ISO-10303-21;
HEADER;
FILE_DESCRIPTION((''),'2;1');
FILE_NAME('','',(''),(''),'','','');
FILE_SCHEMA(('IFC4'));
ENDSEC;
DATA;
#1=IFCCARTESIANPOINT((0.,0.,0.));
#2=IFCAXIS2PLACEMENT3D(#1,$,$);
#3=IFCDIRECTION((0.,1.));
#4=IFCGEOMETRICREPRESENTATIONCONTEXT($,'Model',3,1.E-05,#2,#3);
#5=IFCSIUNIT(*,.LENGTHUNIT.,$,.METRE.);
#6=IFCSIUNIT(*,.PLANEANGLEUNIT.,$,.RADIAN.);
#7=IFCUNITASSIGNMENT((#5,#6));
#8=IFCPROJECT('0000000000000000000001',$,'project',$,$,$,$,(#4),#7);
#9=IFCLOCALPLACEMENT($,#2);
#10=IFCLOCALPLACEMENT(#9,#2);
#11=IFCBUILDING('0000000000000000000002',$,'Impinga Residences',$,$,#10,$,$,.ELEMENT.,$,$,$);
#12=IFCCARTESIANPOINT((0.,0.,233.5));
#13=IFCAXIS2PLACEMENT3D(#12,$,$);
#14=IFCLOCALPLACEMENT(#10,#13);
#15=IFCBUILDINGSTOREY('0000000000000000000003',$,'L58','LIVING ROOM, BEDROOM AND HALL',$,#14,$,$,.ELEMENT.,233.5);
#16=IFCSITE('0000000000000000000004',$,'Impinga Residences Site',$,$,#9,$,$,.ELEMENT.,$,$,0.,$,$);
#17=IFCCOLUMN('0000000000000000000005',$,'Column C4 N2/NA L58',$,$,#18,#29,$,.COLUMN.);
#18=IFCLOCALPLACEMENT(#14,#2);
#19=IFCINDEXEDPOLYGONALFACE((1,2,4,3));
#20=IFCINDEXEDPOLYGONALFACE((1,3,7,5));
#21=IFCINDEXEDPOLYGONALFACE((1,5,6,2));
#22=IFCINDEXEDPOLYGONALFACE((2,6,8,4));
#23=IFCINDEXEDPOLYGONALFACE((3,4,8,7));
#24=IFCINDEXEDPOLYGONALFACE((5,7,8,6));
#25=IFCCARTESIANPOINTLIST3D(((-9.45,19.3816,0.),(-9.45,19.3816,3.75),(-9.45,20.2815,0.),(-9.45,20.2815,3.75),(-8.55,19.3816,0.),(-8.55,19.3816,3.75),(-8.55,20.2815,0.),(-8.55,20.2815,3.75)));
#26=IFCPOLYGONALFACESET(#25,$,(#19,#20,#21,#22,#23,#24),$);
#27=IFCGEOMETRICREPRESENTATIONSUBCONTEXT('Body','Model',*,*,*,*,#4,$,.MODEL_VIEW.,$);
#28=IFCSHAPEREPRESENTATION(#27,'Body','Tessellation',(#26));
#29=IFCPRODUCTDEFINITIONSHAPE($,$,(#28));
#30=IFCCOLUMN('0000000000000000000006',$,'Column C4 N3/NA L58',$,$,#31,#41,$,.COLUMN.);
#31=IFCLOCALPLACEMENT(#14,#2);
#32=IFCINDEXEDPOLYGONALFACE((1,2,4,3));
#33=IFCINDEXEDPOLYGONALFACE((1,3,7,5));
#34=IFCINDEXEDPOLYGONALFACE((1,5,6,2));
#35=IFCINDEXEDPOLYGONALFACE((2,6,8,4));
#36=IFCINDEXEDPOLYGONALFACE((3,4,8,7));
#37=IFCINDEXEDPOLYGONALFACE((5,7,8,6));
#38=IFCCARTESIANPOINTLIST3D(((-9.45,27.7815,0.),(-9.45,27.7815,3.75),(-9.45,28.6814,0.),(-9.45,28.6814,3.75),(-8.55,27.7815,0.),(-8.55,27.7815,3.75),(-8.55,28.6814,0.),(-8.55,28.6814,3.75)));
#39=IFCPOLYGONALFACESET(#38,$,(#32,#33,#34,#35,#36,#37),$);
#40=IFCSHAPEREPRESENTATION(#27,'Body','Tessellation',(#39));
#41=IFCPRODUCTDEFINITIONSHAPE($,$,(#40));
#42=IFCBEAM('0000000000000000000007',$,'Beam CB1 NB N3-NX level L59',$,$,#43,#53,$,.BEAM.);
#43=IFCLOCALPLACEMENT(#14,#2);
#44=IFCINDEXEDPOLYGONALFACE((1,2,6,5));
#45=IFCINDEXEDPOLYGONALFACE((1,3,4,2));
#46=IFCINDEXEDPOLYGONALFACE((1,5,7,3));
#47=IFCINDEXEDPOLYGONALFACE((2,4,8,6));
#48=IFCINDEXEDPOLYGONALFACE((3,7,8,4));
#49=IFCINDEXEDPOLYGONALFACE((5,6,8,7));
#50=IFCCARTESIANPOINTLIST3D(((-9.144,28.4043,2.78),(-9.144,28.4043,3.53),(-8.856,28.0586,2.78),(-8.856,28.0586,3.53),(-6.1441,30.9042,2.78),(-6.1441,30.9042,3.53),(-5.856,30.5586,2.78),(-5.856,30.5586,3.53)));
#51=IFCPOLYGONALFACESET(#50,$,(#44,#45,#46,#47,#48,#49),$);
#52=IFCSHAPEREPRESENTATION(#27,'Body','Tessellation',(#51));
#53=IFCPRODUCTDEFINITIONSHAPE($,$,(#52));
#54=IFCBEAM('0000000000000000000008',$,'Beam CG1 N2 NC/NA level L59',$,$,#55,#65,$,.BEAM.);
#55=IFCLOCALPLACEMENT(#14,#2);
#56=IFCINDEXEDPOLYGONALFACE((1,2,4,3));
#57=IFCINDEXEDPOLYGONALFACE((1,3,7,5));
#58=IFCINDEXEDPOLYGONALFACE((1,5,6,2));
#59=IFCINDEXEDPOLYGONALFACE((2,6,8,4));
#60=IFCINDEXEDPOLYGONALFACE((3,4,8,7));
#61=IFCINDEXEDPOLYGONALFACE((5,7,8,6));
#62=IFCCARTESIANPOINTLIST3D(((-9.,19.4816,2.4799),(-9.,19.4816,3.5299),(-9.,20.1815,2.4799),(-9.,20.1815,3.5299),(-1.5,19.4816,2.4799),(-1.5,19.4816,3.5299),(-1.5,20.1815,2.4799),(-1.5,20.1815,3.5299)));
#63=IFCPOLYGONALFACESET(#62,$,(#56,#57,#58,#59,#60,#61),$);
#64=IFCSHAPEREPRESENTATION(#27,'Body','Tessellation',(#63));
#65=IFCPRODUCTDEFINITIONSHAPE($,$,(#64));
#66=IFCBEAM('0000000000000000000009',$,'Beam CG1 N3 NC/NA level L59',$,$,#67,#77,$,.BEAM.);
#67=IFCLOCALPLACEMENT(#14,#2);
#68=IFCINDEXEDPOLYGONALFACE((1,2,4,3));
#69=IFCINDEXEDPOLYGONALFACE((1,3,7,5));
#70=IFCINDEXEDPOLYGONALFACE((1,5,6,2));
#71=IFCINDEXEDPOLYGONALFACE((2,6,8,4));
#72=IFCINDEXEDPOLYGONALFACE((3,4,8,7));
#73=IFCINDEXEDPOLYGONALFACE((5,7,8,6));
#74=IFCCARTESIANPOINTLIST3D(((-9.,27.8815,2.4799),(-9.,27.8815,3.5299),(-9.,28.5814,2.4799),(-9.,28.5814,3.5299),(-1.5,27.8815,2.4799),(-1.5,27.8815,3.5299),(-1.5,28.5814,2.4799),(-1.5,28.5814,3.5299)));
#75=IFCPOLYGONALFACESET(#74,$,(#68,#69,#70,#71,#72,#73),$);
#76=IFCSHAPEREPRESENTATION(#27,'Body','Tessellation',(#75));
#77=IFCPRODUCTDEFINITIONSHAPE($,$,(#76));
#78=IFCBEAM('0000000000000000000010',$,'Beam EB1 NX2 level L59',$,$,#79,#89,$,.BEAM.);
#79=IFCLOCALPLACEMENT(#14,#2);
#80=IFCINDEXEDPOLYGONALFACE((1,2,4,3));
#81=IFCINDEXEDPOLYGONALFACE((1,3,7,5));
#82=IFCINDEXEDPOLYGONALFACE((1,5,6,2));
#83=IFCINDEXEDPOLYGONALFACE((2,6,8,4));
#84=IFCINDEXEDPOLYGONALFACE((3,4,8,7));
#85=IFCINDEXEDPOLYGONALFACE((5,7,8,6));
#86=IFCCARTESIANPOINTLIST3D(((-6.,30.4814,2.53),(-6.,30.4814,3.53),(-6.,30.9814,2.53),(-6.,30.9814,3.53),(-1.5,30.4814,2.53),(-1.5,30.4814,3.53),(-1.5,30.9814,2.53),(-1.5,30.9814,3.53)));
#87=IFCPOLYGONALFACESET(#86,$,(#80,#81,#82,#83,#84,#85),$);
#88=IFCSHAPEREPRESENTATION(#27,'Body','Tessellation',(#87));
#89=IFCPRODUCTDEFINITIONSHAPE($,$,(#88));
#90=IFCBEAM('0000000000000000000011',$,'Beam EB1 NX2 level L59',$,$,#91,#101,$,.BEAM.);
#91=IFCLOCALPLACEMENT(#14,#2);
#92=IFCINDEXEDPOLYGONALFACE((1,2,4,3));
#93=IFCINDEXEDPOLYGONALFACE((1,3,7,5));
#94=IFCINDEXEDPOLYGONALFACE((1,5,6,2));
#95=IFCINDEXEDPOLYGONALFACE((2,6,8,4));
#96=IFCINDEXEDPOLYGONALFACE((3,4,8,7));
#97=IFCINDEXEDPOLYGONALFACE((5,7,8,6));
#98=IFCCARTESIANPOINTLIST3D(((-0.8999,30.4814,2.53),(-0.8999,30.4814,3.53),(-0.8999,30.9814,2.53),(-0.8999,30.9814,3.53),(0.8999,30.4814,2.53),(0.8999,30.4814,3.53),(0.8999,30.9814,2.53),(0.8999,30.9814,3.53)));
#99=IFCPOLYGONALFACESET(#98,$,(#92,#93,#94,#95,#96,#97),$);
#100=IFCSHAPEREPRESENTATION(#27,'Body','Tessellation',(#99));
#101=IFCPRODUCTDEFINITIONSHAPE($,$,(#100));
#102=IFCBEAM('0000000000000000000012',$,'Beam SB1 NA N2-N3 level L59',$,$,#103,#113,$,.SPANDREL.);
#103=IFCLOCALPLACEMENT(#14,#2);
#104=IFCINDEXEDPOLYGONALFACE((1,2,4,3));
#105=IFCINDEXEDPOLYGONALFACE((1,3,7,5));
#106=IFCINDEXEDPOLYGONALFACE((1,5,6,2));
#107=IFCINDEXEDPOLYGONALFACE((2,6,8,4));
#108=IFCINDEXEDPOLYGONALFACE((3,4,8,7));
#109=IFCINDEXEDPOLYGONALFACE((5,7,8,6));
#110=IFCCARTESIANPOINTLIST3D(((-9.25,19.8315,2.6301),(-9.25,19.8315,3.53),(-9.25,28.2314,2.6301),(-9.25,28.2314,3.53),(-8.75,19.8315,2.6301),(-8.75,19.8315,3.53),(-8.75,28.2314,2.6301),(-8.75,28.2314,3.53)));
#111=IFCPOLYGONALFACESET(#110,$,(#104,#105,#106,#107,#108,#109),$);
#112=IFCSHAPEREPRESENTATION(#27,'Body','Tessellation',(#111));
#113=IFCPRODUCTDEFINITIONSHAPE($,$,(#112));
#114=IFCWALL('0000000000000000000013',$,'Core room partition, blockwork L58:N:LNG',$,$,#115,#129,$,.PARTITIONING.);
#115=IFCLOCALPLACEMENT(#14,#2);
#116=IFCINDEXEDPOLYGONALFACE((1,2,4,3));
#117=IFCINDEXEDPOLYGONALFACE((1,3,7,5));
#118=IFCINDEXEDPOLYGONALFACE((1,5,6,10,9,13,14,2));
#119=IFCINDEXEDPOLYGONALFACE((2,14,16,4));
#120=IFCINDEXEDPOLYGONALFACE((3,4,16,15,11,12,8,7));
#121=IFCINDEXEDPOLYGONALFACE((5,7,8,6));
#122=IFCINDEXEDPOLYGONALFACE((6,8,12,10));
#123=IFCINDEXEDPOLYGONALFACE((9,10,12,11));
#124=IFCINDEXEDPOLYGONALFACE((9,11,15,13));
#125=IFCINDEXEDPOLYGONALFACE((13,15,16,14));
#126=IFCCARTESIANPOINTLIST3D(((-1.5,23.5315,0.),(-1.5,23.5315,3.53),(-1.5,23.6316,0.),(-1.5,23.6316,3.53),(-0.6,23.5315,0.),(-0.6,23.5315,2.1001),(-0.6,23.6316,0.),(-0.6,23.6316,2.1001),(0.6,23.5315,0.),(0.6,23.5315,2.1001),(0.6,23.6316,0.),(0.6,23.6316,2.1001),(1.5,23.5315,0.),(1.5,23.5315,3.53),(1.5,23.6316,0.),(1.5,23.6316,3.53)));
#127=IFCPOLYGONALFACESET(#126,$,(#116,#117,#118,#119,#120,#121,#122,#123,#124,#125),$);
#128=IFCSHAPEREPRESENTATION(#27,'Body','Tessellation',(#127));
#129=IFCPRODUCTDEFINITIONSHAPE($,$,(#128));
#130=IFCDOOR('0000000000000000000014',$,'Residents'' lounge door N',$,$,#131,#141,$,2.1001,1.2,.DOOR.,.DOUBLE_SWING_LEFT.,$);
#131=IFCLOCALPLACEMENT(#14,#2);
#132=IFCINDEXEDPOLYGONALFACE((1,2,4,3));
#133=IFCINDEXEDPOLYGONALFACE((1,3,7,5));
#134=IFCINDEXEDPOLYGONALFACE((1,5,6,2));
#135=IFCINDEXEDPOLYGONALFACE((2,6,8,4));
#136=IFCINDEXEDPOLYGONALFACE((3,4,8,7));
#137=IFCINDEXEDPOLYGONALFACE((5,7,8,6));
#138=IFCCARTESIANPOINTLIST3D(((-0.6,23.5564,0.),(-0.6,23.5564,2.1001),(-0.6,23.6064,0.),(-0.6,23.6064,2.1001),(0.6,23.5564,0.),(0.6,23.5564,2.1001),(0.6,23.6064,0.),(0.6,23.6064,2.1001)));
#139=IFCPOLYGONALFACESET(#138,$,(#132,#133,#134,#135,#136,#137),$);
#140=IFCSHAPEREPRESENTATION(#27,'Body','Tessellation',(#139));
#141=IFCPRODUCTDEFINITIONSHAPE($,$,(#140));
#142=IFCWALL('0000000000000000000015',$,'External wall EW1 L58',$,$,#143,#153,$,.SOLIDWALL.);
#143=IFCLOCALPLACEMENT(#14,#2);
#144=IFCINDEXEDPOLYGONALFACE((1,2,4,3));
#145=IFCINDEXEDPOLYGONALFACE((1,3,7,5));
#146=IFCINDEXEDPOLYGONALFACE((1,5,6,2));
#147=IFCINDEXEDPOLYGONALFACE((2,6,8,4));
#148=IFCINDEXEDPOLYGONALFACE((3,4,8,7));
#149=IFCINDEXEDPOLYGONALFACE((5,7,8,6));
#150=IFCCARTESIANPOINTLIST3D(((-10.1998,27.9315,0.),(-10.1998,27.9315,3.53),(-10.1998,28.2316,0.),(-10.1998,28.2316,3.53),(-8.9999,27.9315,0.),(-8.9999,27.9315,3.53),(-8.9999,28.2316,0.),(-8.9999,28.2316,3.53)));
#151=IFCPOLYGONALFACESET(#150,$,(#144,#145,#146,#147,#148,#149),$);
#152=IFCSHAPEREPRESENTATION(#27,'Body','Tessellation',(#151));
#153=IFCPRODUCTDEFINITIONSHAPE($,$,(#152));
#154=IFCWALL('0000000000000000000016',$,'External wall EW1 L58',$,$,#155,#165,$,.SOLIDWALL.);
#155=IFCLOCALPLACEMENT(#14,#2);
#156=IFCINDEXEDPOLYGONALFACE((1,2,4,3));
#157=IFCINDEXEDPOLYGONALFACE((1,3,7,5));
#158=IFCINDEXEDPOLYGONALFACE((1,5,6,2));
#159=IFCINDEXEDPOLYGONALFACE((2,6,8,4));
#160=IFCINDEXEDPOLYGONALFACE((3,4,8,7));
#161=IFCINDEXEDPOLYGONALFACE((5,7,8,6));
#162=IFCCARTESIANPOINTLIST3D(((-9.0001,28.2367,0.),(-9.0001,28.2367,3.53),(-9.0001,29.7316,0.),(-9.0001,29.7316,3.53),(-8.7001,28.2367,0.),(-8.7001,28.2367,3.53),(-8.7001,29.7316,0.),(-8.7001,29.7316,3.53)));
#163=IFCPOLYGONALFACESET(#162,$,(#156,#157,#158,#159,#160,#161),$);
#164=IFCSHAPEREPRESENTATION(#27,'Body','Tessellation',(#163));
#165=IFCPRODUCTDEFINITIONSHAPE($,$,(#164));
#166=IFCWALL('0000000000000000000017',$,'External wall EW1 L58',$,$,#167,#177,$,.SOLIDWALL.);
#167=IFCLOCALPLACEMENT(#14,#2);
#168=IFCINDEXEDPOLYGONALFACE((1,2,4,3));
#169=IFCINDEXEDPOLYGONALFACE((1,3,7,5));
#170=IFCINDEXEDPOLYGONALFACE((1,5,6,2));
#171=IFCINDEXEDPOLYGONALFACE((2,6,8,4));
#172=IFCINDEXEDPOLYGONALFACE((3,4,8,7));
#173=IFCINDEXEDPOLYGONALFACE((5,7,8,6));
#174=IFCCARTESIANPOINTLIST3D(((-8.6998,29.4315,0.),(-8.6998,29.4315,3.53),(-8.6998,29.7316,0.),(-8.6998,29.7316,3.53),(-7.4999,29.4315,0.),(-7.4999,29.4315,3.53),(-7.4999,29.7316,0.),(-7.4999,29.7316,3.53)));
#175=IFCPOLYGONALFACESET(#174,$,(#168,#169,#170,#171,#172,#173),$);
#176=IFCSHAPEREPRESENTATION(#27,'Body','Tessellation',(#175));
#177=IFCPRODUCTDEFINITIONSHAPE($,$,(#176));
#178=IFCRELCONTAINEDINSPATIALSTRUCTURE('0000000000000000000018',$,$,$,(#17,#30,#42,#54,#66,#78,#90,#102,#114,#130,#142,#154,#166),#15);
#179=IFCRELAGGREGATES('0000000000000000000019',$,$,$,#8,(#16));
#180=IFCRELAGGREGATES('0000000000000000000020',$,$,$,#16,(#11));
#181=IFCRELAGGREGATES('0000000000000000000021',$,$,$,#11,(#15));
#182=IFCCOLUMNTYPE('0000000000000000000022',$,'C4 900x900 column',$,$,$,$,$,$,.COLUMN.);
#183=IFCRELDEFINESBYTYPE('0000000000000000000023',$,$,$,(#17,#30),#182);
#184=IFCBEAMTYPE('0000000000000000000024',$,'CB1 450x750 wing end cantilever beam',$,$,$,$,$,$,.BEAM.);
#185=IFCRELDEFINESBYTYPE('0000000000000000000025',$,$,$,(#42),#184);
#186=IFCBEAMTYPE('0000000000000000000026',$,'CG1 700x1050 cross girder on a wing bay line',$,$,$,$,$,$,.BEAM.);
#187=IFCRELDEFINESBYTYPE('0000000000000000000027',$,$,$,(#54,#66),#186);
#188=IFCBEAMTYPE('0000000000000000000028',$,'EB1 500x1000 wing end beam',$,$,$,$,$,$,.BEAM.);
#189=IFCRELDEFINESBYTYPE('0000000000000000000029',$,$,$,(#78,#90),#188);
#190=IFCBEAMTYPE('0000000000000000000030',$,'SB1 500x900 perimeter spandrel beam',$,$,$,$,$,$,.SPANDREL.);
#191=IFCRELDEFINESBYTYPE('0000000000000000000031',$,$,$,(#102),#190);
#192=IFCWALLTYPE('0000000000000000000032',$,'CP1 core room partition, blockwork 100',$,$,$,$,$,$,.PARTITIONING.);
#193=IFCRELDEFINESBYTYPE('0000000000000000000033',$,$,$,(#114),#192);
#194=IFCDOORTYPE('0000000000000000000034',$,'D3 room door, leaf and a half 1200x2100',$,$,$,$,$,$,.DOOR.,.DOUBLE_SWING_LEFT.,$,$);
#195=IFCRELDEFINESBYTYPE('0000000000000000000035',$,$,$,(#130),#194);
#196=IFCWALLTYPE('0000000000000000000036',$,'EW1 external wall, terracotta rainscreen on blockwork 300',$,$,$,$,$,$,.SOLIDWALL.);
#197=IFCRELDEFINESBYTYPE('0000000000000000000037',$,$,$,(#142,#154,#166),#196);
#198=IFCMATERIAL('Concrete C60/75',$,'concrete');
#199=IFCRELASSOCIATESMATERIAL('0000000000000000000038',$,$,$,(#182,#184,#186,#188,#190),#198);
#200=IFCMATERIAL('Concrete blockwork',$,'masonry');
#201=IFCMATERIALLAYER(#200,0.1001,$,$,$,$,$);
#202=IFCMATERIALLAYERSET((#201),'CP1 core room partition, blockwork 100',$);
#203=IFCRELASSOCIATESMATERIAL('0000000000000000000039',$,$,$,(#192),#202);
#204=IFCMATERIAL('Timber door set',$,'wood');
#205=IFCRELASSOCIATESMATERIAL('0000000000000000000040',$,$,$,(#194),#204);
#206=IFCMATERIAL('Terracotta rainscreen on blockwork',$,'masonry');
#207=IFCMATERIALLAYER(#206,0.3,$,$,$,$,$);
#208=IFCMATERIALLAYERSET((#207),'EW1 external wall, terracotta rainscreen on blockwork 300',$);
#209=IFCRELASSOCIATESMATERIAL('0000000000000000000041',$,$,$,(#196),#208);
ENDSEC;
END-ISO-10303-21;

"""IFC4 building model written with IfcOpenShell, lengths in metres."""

from ifc_helpers import new_model, si_unit, direction, frame, frame_2d, origin, origin_2d, place, context, subcontext, project, spatial, rectangle, extrude, material, layer, layer_set, material_profile, profile_set, type_object, element, fill, save


model = new_model("IFC4")

# Units and contexts
model_context = context("Model", 3, precision=1e-05, world=origin(), true_north=direction((0.0, 1.0)))
body_context = subcontext(model_context, "Body", "Model", "MODEL_VIEW")
ifc_project = project(units=[si_unit("LENGTHUNIT", "METRE"), si_unit("PLANEANGLEUNIT", "RADIAN")], contexts=[model_context])

# Site, building, storey
site_placement = place(None, origin())
site = spatial("IfcSite", under=ifc_project, at=site_placement, Name="Impinga Residences Site", CompositionType="ELEMENT", RefElevation=0.0)
building_placement = place(site_placement, origin())
building = spatial("IfcBuilding", under=site, at=building_placement, Name="Impinga Residences", CompositionType="ELEMENT")
storey_placement = place(building_placement, frame((0.0, 0.0, 233.5)))
storey = spatial("IfcBuildingStorey", under=building, at=storey_placement, Name="L58", Description="LIVING ROOM, BEDROOM AND HALL", CompositionType="ELEMENT", Elevation=233.5)

# Columns
ifc_material_1 = material(Name="Concrete C60/75", Category="concrete")
ifc_material_profile_1 = material_profile(ifc_material_1, rectangle(XDim=0.8999, YDim=0.8999, at=origin_2d()), Name="RC 900x900")
ifc_profile_set_1 = profile_set([ifc_material_profile_1], Name="Concrete C60/75")
column_type = type_object("IfcColumnType", Name="C4 900x900 column", PredefinedType="COLUMN", material=ifc_profile_set_1)
for number, where, z_axis, x_axis, name in (
    (1, (-9.0, 19.8315, 0.0), (0.0, 0.0, 1.0), (1.0, 0.0, 0.0), "Column C4 N2/NA L58"),
    (2, (-9.0, 28.2314, 0.0), (0.0, 0.0, 1.0), (1.0, 0.0, 0.0), "Column C4 N3/NA L58"),
):
    element("IfcColumn", number, at=place(storey_placement, frame(where, z_axis=z_axis, x_axis=x_axis)), inside=storey, type_object=column_type, Name=name, PredefinedType="COLUMN", context=body_context, shape_type="SweptSolid", body=[
        extrude(rectangle(XDim=0.8999, YDim=0.8999, at=origin_2d()), origin(), (0.0, 0.0, 1.0), 3.75),
    ])

# Beams
ifc_material_profile_2 = material_profile(ifc_material_1, rectangle(XDim=0.45, YDim=0.75, at=origin_2d()), Name="RC 450x750")
ifc_profile_set_2 = profile_set([ifc_material_profile_2], Name="Concrete C60/75")
beam_type_1 = type_object("IfcBeamType", Name="CB1 450x750 wing end cantilever beam", PredefinedType="BEAM", material=ifc_profile_set_2)
beam_1_placement = place(storey_placement, frame((-9.0, 28.2314, 3.155), z_axis=(0.768221, 0.640184, 0.0), x_axis=(-0.640184, 0.768221, 0.0)))
element("IfcBeam", 3, at=beam_1_placement, inside=storey, type_object=beam_type_1, Name="Beam CB1 NB N3-NX level L59", PredefinedType="BEAM", context=body_context, shape_type="SweptSolid", body=[
    extrude(rectangle(XDim=0.45, YDim=0.75, at=origin_2d()), origin(), (0.0, 0.0, 1.0), 3.905),
])
ifc_material_profile_3 = material_profile(ifc_material_1, rectangle(XDim=0.7, YDim=1.05, at=origin_2d()), Name="RC 700x1050")
ifc_profile_set_3 = profile_set([ifc_material_profile_3], Name="Concrete C60/75")
beam_type_2 = type_object("IfcBeamType", Name="CG1 700x1050 cross girder on a wing bay line", PredefinedType="BEAM", material=ifc_profile_set_3)
for number, where, z_axis, x_axis, name in (
    (4, (-1.5, 19.8315, 3.0049), (-1.0, 0.0, 0.0), (0.0, -1.0, 0.0), "Beam CG1 N2 NC/NA level L59"),
    (5, (-1.5, 28.2314, 3.0049), (-1.0, 0.0, 0.0), (0.0, -1.0, 0.0), "Beam CG1 N3 NC/NA level L59"),
):
    element("IfcBeam", number, at=place(storey_placement, frame(where, z_axis=z_axis, x_axis=x_axis)), inside=storey, type_object=beam_type_2, Name=name, PredefinedType="BEAM", context=body_context, shape_type="SweptSolid", body=[
        extrude(rectangle(XDim=0.7, YDim=1.05, at=origin_2d()), origin(), (0.0, 0.0, 1.0), 7.5),
    ])
ifc_material_profile_4 = material_profile(ifc_material_1, rectangle(XDim=0.5, YDim=1.0, at=origin_2d()), Name="RC 500x1000")
ifc_profile_set_4 = profile_set([ifc_material_profile_4], Name="Concrete C60/75")
beam_type_3 = type_object("IfcBeamType", Name="EB1 500x1000 wing end beam", PredefinedType="BEAM", material=ifc_profile_set_4)
beam_2_placement = place(storey_placement, frame((-6.0, 30.7314, 3.03), z_axis=(1.0, 0.0, 0.0), x_axis=(0.0, 1.0, 0.0)))
element("IfcBeam", 6, at=beam_2_placement, inside=storey, type_object=beam_type_3, Name="Beam EB1 NX2 level L59", PredefinedType="BEAM", context=body_context, shape_type="SweptSolid", body=[
    extrude(rectangle(XDim=0.5, YDim=1.0, at=origin_2d()), origin(), (0.0, 0.0, 1.0), 4.5),
])
beam_3_placement = place(storey_placement, frame((-0.8999, 30.7314, 3.03), z_axis=(1.0, 0.0, 0.0), x_axis=(0.0, 1.0, 0.0)))
element("IfcBeam", 7, at=beam_3_placement, inside=storey, type_object=beam_type_3, Name="Beam EB1 NX2 level L59", PredefinedType="BEAM", context=body_context, shape_type="SweptSolid", body=[
    extrude(rectangle(XDim=0.5, YDim=1.0, at=origin_2d()), origin(), (0.0, 0.0, 1.0), 1.7998),
])
ifc_material_profile_5 = material_profile(ifc_material_1, rectangle(XDim=0.5, YDim=0.8999, at=origin_2d()), Name="RC 500x900")
ifc_profile_set_5 = profile_set([ifc_material_profile_5], Name="Concrete C60/75")
beam_type_4 = type_object("IfcBeamType", Name="SB1 500x900 perimeter spandrel beam", PredefinedType="SPANDREL", material=ifc_profile_set_5)
beam_4_placement = place(storey_placement, frame((-9.0, 19.8315, 3.0801), z_axis=(0.0, 1.0, 0.0), x_axis=(-1.0, 0.0, 0.0)))
element("IfcBeam", 8, at=beam_4_placement, inside=storey, type_object=beam_type_4, Name="Beam SB1 NA N2-N3 level L59", PredefinedType="SPANDREL", context=body_context, shape_type="SweptSolid", body=[
    extrude(rectangle(XDim=0.5, YDim=0.8999, at=origin_2d()), origin(), (0.0, 0.0, 1.0), 8.3999),
])

# Wall, opening, door
ifc_material_2 = material(Name="Concrete blockwork", Category="masonry")
ifc_layer_1 = layer(ifc_material_2, 0.1001)
ifc_layer_set_1 = layer_set([ifc_layer_1], Name="CP1 core room partition, blockwork 100")
wall_type_1 = type_object("IfcWallType", Name="CP1 core room partition, blockwork 100", PredefinedType="PARTITIONING", material=ifc_layer_set_1)
wall_1_placement = place(storey_placement, frame((-1.5, 23.5815, 0.0), z_axis=(0.0, 0.0, 1.0), x_axis=(1.0, 0.0, 0.0)))
wall_1 = element("IfcWall", 9, at=wall_1_placement, inside=storey, type_object=wall_type_1, Name="Core room partition, blockwork L58:N:LNG", PredefinedType="PARTITIONING", context=body_context, shape_type="SweptSolid", body=[
    extrude(rectangle(XDim=3.0, YDim=0.1001, at=frame_2d((1.5, 0.0))), origin(), (0.0, 0.0, 1.0), 3.53),
])
opening_1_placement = place(wall_1_placement, frame((0.8999, 0.0, 0.0)))
opening_1 = element("IfcOpeningElement", 10, at=opening_1_placement, cuts=wall_1, PredefinedType="OPENING", context=body_context, shape_type="SweptSolid", body=[
    extrude(rectangle(XDim=1.2, YDim=2.1001, at=frame_2d((0.6001, 1.05))), frame((0.0, 0.0601, 0.0), z_axis=(0.0, -1.0, 0.0), x_axis=(1.0, 0.0, 0.0)), (0.0, 0.0, 1.0), 0.1201),
])
ifc_material_3 = material(Name="Timber door set", Category="wood")
door_type_1 = type_object("IfcDoorType", Name="D3 room door, leaf and a half 1200x2100", OperationType="DOUBLE_SWING_LEFT", PredefinedType="DOOR", material=ifc_material_3)
door_1_placement = place(opening_1_placement, origin())
door_1 = element("IfcDoor", 11, at=door_1_placement, inside=storey, type_object=door_type_1, Name="Residents' lounge door N", OperationType="DOUBLE_SWING_LEFT", OverallHeight=2.1001, OverallWidth=1.2, PredefinedType="DOOR", context=body_context, shape_type="SweptSolid", body=[
    extrude(rectangle(XDim=1.2, YDim=2.1001, at=frame_2d((0.6001, 1.05))), frame((0.0, 0.0249, 0.0), z_axis=(0.0, -1.0, 0.0), x_axis=(1.0, 0.0, 0.0)), (0.0, 0.0, 1.0), 0.05),
])
fill(opening_1, door_1)

# Walls
ifc_material_4 = material(Name="Terracotta rainscreen on blockwork", Category="masonry")
ifc_layer_2 = layer(ifc_material_4, 0.3)
ifc_layer_set_2 = layer_set([ifc_layer_2], Name="EW1 external wall, terracotta rainscreen on blockwork 300")
wall_type_2 = type_object("IfcWallType", Name="EW1 external wall, terracotta rainscreen on blockwork 300", PredefinedType="SOLIDWALL", material=ifc_layer_set_2)
wall_2_placement = place(storey_placement, frame((-10.2, 28.0815, 0.0), z_axis=(0.0, 0.0, 1.0), x_axis=(1.0, 0.0, 0.0)))
element("IfcWall", 12, at=wall_2_placement, inside=storey, type_object=wall_type_2, Name="External wall EW1 L58", PredefinedType="SOLIDWALL", context=body_context, shape_type="SweptSolid", body=[
    extrude(rectangle(XDim=1.2, YDim=0.3, at=frame_2d((0.6001, 0.0))), origin(), (0.0, 0.0, 1.0), 3.53),
])
wall_3_placement = place(storey_placement, frame((-8.8501, 28.2366, 0.0), z_axis=(0.0, 0.0, 1.0), x_axis=(0.0, 1.0, 0.0)))
element("IfcWall", 13, at=wall_3_placement, inside=storey, type_object=wall_type_2, Name="External wall EW1 L58", PredefinedType="SOLIDWALL", context=body_context, shape_type="SweptSolid", body=[
    extrude(rectangle(XDim=1.4949, YDim=0.3, at=frame_2d((0.7476, 0.0))), origin(), (0.0, 0.0, 1.0), 3.53),
])
wall_4_placement = place(storey_placement, frame((-8.7, 29.5815, 0.0), z_axis=(0.0, 0.0, 1.0), x_axis=(1.0, 0.0, 0.0)))
element("IfcWall", 14, at=wall_4_placement, inside=storey, type_object=wall_type_2, Name="External wall EW1 L58", PredefinedType="SOLIDWALL", context=body_context, shape_type="SweptSolid", body=[
    extrude(rectangle(XDim=1.2, YDim=0.3, at=frame_2d((0.6001, 0.0))), origin(), (0.0, 0.0, 1.0), 3.53),
])

save(model, "model.ifc")
